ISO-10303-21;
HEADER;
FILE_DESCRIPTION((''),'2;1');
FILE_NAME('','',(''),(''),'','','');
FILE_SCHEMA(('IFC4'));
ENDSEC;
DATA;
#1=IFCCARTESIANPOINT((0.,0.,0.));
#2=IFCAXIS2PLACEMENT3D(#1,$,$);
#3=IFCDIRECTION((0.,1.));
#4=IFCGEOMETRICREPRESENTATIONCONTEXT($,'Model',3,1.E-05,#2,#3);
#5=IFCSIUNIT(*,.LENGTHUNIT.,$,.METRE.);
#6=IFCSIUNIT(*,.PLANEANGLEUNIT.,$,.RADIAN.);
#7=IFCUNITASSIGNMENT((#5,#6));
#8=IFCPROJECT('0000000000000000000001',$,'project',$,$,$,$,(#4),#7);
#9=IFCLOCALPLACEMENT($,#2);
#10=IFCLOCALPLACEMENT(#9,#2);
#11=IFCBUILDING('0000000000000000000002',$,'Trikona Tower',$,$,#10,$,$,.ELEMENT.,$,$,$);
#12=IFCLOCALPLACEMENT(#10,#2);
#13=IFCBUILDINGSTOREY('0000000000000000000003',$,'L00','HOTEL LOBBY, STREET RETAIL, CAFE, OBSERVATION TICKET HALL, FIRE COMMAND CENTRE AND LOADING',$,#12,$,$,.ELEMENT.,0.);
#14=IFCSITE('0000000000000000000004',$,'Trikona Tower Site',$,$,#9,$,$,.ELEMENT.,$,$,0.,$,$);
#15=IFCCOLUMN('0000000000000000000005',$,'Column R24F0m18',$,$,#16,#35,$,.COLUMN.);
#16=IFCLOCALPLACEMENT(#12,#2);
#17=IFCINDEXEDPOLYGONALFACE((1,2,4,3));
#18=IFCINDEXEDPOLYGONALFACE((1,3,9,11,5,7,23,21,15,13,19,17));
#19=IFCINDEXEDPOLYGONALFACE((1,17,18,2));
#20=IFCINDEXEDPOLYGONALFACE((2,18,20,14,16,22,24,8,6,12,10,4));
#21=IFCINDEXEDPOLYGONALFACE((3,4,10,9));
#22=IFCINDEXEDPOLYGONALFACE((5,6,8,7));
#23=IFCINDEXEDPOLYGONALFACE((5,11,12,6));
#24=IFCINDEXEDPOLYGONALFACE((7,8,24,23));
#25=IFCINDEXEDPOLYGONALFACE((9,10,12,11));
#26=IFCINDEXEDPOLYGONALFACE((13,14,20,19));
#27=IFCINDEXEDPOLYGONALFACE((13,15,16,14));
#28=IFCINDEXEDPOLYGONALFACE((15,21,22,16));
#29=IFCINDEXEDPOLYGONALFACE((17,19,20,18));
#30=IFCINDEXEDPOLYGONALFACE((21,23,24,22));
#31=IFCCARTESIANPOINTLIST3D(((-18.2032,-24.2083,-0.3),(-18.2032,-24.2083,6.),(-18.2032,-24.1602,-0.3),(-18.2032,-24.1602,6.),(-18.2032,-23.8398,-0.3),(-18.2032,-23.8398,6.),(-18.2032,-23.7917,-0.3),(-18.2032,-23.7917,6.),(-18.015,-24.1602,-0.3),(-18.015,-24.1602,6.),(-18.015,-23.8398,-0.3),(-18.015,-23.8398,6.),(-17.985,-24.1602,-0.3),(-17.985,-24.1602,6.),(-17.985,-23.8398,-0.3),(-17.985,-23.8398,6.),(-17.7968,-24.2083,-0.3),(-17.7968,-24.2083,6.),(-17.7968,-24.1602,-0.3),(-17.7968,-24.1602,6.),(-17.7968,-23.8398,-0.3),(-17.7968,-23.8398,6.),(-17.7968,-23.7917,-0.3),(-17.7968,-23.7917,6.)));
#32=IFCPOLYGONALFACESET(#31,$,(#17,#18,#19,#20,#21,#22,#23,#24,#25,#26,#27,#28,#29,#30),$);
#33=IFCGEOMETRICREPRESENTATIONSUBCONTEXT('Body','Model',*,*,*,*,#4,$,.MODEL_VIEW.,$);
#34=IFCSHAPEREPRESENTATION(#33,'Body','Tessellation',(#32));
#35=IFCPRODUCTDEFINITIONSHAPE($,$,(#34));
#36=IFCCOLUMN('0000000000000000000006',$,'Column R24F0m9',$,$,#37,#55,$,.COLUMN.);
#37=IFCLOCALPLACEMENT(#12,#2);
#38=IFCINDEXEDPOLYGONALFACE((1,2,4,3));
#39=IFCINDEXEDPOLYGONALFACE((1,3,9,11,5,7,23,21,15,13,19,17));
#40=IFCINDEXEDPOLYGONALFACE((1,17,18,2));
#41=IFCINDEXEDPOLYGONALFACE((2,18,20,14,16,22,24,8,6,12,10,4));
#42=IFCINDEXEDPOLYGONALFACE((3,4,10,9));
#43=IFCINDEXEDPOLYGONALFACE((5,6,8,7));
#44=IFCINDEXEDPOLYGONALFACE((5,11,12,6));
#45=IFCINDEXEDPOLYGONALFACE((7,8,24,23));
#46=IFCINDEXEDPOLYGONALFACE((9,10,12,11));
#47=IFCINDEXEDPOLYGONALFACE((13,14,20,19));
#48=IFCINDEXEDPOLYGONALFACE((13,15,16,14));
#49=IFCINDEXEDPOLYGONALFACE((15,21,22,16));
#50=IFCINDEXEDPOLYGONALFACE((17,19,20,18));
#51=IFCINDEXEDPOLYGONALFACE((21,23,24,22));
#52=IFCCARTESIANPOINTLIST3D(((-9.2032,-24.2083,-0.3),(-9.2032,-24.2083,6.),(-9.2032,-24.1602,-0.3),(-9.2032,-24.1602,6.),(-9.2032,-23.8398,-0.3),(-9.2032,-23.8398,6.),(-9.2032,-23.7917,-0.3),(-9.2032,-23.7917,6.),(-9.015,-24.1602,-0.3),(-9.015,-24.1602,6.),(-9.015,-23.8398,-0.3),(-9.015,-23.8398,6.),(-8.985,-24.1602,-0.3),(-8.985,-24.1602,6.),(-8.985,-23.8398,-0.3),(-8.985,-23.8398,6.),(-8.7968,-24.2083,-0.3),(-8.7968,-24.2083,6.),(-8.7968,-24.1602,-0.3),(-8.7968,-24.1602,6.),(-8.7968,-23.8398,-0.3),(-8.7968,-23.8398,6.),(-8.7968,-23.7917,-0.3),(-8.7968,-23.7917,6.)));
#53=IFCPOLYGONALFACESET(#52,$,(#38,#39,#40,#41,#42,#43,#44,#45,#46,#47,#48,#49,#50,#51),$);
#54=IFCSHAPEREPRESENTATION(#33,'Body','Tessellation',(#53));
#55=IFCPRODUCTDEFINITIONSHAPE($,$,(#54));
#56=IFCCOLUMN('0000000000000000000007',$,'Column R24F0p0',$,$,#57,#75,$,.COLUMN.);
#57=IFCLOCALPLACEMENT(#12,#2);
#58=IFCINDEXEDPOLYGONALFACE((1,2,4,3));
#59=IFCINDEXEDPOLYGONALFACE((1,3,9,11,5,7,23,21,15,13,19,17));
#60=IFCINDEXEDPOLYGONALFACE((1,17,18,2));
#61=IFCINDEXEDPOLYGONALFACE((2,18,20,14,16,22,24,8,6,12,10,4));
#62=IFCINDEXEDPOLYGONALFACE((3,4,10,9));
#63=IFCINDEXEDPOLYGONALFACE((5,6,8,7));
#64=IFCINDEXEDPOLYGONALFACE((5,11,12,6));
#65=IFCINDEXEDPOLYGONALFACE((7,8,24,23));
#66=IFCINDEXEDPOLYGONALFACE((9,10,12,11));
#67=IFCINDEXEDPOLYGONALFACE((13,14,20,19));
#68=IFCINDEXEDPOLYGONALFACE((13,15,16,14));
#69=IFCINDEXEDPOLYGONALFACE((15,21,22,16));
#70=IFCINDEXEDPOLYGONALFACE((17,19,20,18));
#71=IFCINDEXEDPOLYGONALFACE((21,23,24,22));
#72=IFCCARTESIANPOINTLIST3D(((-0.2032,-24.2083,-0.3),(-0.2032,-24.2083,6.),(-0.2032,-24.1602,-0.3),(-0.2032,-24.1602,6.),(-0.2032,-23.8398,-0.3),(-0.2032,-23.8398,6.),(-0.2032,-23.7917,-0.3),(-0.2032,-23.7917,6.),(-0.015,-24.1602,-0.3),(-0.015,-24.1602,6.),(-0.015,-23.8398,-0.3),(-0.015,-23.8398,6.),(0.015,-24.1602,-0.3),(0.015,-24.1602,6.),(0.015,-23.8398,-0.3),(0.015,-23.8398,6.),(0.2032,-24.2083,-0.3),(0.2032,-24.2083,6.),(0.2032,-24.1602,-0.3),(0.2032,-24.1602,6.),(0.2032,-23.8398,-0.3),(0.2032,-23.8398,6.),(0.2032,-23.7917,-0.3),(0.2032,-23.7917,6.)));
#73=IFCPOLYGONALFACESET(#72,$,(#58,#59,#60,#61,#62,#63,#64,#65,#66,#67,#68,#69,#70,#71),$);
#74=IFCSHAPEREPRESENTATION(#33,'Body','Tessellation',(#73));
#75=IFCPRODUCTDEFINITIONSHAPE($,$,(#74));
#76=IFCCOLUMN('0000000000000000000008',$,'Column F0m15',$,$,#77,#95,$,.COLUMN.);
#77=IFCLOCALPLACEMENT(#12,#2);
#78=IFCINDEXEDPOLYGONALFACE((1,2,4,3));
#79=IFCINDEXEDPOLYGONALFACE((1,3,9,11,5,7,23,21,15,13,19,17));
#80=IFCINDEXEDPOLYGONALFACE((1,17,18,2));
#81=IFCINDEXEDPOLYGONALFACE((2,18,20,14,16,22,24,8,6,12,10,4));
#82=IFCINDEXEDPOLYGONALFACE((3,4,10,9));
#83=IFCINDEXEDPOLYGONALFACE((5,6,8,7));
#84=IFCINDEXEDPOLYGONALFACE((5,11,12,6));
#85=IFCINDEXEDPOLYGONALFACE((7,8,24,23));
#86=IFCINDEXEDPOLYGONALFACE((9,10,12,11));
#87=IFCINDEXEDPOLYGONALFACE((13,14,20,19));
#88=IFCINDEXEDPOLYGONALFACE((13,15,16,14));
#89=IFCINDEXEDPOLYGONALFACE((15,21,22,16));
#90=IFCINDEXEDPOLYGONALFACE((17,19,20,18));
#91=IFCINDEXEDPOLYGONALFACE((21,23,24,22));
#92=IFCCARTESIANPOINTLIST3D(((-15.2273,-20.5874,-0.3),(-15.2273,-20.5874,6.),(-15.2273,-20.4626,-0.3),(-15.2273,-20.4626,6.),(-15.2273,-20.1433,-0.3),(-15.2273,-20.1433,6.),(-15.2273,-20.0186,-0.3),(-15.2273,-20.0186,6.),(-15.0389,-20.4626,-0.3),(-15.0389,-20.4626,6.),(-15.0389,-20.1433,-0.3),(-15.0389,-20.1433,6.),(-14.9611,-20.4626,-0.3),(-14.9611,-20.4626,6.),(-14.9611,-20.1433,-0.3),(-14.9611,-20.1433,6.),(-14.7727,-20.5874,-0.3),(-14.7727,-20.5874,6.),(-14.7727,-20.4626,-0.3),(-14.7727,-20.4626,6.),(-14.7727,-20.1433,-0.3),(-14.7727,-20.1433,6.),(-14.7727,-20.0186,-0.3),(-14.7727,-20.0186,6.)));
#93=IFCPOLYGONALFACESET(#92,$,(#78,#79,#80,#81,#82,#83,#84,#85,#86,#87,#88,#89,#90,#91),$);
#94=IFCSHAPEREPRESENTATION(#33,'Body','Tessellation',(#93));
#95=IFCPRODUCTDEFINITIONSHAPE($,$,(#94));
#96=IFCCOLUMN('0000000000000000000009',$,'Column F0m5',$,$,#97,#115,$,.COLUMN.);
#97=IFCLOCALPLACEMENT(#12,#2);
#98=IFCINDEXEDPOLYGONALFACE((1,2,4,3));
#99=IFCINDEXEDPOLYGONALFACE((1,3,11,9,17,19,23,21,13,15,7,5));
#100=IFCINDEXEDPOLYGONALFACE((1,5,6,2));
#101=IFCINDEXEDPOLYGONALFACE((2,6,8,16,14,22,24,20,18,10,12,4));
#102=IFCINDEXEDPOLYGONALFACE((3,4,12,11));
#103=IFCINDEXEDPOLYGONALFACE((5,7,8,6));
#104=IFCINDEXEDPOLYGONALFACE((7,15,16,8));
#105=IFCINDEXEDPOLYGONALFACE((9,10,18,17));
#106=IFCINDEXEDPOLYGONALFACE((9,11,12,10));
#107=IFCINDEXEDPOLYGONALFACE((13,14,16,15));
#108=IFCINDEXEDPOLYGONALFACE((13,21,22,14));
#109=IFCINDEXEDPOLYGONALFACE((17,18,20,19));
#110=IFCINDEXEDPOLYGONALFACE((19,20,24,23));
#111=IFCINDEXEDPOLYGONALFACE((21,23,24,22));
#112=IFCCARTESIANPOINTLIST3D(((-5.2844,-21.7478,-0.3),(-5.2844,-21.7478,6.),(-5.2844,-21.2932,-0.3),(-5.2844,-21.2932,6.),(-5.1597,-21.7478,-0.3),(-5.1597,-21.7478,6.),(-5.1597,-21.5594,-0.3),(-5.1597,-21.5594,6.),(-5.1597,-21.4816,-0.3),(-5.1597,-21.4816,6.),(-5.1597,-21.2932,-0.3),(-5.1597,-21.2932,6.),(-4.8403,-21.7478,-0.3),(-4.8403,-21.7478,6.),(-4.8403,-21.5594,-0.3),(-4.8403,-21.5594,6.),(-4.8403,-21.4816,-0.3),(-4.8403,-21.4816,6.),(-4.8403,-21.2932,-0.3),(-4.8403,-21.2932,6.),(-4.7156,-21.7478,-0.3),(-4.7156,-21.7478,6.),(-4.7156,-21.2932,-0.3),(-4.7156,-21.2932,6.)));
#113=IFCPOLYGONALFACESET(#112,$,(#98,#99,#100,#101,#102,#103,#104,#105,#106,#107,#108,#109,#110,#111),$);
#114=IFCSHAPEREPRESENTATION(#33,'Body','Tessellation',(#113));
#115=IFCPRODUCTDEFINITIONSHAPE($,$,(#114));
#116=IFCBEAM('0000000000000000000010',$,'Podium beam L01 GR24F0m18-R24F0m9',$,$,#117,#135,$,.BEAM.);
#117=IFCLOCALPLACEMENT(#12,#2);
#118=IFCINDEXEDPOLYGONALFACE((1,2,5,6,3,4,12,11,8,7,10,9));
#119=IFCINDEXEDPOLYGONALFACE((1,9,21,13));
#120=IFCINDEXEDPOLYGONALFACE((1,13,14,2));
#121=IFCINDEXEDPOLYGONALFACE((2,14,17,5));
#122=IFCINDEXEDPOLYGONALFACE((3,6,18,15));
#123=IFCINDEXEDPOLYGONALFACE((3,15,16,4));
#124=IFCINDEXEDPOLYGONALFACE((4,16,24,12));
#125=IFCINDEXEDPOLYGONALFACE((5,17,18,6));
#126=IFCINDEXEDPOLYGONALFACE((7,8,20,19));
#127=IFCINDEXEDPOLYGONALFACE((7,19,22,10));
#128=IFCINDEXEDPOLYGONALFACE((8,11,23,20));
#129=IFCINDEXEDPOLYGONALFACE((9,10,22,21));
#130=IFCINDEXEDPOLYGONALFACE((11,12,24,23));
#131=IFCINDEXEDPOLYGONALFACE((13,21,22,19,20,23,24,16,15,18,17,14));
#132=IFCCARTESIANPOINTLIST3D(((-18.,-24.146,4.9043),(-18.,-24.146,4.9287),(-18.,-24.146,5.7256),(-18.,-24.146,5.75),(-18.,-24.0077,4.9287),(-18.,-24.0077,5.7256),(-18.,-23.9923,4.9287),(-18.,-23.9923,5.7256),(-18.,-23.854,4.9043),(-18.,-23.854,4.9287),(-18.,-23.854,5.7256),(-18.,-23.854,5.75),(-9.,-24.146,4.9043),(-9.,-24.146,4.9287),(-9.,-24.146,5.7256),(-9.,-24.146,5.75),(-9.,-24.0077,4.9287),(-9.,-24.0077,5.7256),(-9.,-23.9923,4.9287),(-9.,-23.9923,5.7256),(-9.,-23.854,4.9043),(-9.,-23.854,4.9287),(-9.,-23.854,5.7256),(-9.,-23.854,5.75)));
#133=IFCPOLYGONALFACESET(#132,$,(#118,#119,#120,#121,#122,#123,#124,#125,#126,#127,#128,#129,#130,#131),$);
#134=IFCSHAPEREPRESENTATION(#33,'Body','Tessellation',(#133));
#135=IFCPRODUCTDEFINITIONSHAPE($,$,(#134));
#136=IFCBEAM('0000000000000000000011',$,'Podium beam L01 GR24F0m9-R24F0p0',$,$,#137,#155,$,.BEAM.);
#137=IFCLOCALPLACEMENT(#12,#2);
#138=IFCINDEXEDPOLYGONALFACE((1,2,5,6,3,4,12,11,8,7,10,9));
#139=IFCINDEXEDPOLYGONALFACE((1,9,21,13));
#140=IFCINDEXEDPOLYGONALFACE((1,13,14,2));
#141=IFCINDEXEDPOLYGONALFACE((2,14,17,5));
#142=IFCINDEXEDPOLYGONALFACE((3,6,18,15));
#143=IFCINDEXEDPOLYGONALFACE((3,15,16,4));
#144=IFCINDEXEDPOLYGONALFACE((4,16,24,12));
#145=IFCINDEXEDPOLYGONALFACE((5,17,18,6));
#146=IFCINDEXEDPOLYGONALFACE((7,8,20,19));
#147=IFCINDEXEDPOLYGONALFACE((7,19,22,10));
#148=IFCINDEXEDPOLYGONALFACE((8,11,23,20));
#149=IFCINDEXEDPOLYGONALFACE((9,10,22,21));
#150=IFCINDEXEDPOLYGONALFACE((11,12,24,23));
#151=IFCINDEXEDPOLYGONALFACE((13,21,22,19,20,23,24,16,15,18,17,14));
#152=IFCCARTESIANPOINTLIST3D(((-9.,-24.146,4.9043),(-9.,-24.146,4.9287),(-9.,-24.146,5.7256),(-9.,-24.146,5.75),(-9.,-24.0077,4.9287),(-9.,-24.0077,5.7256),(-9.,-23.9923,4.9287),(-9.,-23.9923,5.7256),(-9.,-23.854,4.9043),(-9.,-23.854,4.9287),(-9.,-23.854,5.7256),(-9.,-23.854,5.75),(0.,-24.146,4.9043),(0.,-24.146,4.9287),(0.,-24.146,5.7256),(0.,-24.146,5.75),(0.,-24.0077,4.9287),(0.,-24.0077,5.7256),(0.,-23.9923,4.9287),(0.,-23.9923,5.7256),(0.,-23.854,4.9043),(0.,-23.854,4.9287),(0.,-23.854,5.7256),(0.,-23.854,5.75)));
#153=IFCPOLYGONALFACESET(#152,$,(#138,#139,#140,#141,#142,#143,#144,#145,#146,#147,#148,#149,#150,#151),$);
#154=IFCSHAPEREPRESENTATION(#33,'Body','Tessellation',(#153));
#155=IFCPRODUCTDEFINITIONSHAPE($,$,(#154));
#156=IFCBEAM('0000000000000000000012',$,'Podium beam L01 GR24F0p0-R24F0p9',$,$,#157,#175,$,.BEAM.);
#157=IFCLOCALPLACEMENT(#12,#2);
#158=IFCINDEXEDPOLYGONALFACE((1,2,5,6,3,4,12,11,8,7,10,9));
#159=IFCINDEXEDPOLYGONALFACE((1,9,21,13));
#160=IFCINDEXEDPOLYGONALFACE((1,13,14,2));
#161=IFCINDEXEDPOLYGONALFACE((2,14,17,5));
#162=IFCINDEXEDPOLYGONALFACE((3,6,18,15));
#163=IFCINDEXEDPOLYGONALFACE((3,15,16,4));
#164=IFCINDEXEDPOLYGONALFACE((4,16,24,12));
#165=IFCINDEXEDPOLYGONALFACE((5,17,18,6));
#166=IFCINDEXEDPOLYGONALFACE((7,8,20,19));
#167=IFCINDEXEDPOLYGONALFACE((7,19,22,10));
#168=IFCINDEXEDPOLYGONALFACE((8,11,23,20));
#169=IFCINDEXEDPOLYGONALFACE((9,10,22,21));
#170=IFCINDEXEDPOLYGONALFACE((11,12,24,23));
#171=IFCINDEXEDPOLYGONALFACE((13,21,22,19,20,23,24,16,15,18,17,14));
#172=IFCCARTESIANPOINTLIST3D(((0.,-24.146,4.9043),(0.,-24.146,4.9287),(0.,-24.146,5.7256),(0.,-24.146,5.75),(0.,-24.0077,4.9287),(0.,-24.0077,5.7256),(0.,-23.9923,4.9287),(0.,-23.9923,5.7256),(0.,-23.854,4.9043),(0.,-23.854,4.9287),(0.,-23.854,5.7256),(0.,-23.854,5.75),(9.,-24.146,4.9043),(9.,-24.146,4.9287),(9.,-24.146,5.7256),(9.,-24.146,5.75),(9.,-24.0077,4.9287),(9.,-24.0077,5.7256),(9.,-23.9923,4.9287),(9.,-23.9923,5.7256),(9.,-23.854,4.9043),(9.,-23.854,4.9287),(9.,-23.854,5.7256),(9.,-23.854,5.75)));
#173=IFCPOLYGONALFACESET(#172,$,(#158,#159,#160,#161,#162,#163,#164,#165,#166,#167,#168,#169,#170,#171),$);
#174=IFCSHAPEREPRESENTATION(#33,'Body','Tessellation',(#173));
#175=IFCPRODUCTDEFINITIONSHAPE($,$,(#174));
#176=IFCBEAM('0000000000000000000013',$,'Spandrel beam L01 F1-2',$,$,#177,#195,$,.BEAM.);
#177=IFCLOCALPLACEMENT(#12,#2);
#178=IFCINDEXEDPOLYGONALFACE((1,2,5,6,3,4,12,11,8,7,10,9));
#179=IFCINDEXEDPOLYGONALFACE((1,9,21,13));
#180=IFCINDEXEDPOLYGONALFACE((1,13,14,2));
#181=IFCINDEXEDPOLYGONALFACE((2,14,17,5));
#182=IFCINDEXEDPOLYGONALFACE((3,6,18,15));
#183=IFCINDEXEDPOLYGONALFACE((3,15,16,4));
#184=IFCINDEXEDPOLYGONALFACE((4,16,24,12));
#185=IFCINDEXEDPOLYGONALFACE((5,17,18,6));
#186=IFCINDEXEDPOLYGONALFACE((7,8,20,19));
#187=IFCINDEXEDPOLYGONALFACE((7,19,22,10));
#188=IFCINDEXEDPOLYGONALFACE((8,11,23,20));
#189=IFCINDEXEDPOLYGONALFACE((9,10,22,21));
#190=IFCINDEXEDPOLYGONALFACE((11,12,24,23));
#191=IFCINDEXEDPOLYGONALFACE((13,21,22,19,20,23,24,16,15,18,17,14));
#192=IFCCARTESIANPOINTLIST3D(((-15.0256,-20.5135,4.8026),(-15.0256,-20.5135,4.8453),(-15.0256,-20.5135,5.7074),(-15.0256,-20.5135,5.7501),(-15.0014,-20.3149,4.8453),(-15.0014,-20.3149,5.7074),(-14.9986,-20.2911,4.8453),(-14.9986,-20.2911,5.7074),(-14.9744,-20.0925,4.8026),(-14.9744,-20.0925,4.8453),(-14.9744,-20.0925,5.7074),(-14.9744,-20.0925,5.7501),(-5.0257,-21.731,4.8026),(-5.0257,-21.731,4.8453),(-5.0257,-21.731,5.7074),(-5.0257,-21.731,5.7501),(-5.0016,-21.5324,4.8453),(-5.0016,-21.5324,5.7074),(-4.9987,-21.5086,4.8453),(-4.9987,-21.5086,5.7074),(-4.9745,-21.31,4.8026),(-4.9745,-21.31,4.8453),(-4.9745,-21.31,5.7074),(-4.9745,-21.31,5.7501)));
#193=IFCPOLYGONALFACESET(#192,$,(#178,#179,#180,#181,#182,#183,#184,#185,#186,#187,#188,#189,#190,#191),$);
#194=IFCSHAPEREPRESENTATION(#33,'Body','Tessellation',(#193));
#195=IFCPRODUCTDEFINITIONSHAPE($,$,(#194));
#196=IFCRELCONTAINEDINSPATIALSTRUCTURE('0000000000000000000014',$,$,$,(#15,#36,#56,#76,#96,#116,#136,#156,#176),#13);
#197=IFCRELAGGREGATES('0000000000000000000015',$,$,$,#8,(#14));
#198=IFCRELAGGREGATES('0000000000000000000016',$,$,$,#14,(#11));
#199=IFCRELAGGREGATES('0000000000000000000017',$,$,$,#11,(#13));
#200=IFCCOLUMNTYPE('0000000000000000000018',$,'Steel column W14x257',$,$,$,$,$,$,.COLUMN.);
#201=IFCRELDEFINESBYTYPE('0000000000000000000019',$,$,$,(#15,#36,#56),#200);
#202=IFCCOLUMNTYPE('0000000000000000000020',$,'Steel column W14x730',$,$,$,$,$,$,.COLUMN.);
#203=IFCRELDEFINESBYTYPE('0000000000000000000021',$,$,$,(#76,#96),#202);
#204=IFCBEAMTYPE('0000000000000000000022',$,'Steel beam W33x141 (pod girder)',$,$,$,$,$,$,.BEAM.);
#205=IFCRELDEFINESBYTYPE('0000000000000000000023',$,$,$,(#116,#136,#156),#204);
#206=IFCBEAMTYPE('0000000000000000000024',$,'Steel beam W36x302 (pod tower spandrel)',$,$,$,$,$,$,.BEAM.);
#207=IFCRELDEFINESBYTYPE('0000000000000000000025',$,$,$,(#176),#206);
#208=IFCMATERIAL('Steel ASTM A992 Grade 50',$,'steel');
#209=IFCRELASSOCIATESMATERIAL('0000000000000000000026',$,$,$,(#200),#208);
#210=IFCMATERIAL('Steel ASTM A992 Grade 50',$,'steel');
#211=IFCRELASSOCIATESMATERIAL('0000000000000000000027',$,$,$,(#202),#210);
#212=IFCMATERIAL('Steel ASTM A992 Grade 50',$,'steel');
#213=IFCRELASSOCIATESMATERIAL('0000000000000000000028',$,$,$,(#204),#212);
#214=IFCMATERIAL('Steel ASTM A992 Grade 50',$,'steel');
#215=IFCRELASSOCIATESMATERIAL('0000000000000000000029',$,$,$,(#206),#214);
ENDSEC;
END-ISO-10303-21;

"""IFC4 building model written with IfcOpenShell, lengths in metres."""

from ifc_helpers import new_model, si_unit, direction, frame, origin, origin_2d, place, context, subcontext, project, spatial, i_section, extrude, material, material_profile, profile_set, type_object, element, save


model = new_model("IFC4")

# Units and contexts
model_context = context("Model", 3, precision=1e-05, world=origin(), true_north=direction((0.0, 1.0)))
body_context = subcontext(model_context, "Body", "Model", "MODEL_VIEW")
ifc_project = project(units=[si_unit("LENGTHUNIT", "METRE"), si_unit("PLANEANGLEUNIT", "RADIAN")], contexts=[model_context])

# Site, building, storey
site_placement = place(None, origin())
site = spatial("IfcSite", under=ifc_project, at=site_placement, Name="Trikona Tower Site", CompositionType="ELEMENT", RefElevation=0.0)
building_placement = place(site_placement, origin())
building = spatial("IfcBuilding", under=site, at=building_placement, Name="Trikona Tower", CompositionType="ELEMENT")
storey_placement = place(building_placement, origin())
storey = spatial("IfcBuildingStorey", under=building, at=storey_placement, Name="L00", Description="HOTEL LOBBY, STREET RETAIL, CAFE, OBSERVATION TICKET HALL, FIRE COMMAND CENTRE AND LOADING", CompositionType="ELEMENT", Elevation=0.0)

# Columns
ifc_material_1 = material(Name="Steel ASTM A992 Grade 50", Category="steel")
ifc_material_profile_1 = material_profile(ifc_material_1, i_section(OverallWidth=0.4065, OverallDepth=0.4165, WebThickness=0.03, FlangeThickness=0.0481, at=origin_2d()), Name="W14X257")
ifc_profile_set_1 = profile_set([ifc_material_profile_1], Name="Steel ASTM A992 Grade 50")
column_type_1 = type_object("IfcColumnType", Name="Steel column W14x257", PredefinedType="COLUMN", material=ifc_profile_set_1)
for number, where, z_axis, x_axis, name in (
    (1, (-18.0, -24.0, -0.3), (0.0, 0.0, 1.0), (1.0, 0.0, 0.0), "Column R24F0m18"),
    (2, (-9.0, -24.0, -0.3), (0.0, 0.0, 1.0), (1.0, 0.0, 0.0), "Column R24F0m9"),
    (3, (0.0, -24.0, -0.3), (0.0, 0.0, 1.0), (1.0, 0.0, 0.0), "Column R24F0p0"),
):
    element("IfcColumn", number, at=place(storey_placement, frame(where, z_axis=z_axis, x_axis=x_axis)), inside=storey, type_object=column_type_1, Name=name, PredefinedType="COLUMN", context=body_context, shape_type="SweptSolid", body=[
        extrude(i_section(OverallWidth=0.4065, OverallDepth=0.4165, WebThickness=0.03, FlangeThickness=0.0481, at=origin_2d()), origin(), (0.0, 0.0, 1.0), 6.3),
    ])
ifc_material_2 = material(Name="Steel ASTM A992 Grade 50", Category="steel")
ifc_material_profile_2 = material_profile(ifc_material_2, i_section(OverallWidth=0.4546, OverallDepth=0.5688, WebThickness=0.0779, FlangeThickness=0.1248, at=origin_2d()), Name="W14X730")
ifc_profile_set_2 = profile_set([ifc_material_profile_2], Name="Steel ASTM A992 Grade 50")
column_type_2 = type_object("IfcColumnType", Name="Steel column W14x730", PredefinedType="COLUMN", material=ifc_profile_set_2)
for number, where, z_axis, x_axis, name in (
    (4, (-15.0, -20.303, -0.3), (0.0, 0.0, 1.0), (1.0, 0.0, 0.0), "Column F0m15"),
    (5, (-5.0, -21.5205, -0.3), (0.0, 0.0, 1.0), (0.0, -1.0, 0.0), "Column F0m5"),
):
    element("IfcColumn", number, at=place(storey_placement, frame(where, z_axis=z_axis, x_axis=x_axis)), inside=storey, type_object=column_type_2, Name=name, PredefinedType="COLUMN", context=body_context, shape_type="SweptSolid", body=[
        extrude(i_section(OverallWidth=0.4546, OverallDepth=0.5688, WebThickness=0.0779, FlangeThickness=0.1248, at=origin_2d()), origin(), (0.0, 0.0, 1.0), 6.3),
    ])

# Beams
ifc_material_3 = material(Name="Steel ASTM A992 Grade 50", Category="steel")
ifc_material_profile_3 = material_profile(ifc_material_3, i_section(OverallWidth=0.292, OverallDepth=0.8457, WebThickness=0.0154, FlangeThickness=0.0244, at=origin_2d()), Name="W33X141")
ifc_profile_set_3 = profile_set([ifc_material_profile_3], Name="Steel ASTM A992 Grade 50")
beam_type_1 = type_object("IfcBeamType", Name="Steel beam W33x141 (pod girder)", PredefinedType="BEAM", material=ifc_profile_set_3)
for number, where, z_axis, x_axis, name in (
    (6, (-18.0, -24.0, 5.3271), (1.0, 0.0, 0.0), (0.0, 1.0, 0.0), "Podium beam L01 GR24F0m18-R24F0m9"),
    (7, (-9.0, -24.0, 5.3271), (1.0, 0.0, 0.0), (0.0, 1.0, 0.0), "Podium beam L01 GR24F0m9-R24F0p0"),
    (8, (0.0, -24.0, 5.3271), (1.0, 0.0, 0.0), (0.0, 1.0, 0.0), "Podium beam L01 GR24F0p0-R24F0p9"),
):
    element("IfcBeam", number, at=place(storey_placement, frame(where, z_axis=z_axis, x_axis=x_axis)), inside=storey, type_object=beam_type_1, Name=name, PredefinedType="BEAM", context=body_context, shape_type="SweptSolid", body=[
        extrude(i_section(OverallWidth=0.292, OverallDepth=0.8457, WebThickness=0.0154, FlangeThickness=0.0244, at=origin_2d()), origin(), (0.0, 0.0, 1.0), 9.0),
    ])
ifc_material_4 = material(Name="Steel ASTM A992 Grade 50", Category="steel")
ifc_material_profile_4 = material_profile(ifc_material_4, i_section(OverallWidth=0.4241, OverallDepth=0.9475, WebThickness=0.0239, FlangeThickness=0.0427, at=origin_2d()), Name="W36X302")
ifc_profile_set_4 = profile_set([ifc_material_profile_4], Name="Steel ASTM A992 Grade 50")
beam_type_2 = type_object("IfcBeamType", Name="Steel beam W36x302 (pod tower spandrel)", PredefinedType="BEAM", material=ifc_profile_set_4)
beam_1_placement = place(storey_placement, frame((-15.0, -20.303, 5.2764), z_axis=(0.99267, -0.12086, 0.0), x_axis=(0.12086, 0.99267, 0.0)))
element("IfcBeam", 9, at=beam_1_placement, inside=storey, type_object=beam_type_2, Name="Spandrel beam L01 F1-2", PredefinedType="BEAM", context=body_context, shape_type="SweptSolid", body=[
    extrude(i_section(OverallWidth=0.4241, OverallDepth=0.9475, WebThickness=0.0239, FlangeThickness=0.0427, at=origin_2d()), origin(), (0.0, 0.0, 1.0), 10.0737),
])

save(model, "model.ifc")
